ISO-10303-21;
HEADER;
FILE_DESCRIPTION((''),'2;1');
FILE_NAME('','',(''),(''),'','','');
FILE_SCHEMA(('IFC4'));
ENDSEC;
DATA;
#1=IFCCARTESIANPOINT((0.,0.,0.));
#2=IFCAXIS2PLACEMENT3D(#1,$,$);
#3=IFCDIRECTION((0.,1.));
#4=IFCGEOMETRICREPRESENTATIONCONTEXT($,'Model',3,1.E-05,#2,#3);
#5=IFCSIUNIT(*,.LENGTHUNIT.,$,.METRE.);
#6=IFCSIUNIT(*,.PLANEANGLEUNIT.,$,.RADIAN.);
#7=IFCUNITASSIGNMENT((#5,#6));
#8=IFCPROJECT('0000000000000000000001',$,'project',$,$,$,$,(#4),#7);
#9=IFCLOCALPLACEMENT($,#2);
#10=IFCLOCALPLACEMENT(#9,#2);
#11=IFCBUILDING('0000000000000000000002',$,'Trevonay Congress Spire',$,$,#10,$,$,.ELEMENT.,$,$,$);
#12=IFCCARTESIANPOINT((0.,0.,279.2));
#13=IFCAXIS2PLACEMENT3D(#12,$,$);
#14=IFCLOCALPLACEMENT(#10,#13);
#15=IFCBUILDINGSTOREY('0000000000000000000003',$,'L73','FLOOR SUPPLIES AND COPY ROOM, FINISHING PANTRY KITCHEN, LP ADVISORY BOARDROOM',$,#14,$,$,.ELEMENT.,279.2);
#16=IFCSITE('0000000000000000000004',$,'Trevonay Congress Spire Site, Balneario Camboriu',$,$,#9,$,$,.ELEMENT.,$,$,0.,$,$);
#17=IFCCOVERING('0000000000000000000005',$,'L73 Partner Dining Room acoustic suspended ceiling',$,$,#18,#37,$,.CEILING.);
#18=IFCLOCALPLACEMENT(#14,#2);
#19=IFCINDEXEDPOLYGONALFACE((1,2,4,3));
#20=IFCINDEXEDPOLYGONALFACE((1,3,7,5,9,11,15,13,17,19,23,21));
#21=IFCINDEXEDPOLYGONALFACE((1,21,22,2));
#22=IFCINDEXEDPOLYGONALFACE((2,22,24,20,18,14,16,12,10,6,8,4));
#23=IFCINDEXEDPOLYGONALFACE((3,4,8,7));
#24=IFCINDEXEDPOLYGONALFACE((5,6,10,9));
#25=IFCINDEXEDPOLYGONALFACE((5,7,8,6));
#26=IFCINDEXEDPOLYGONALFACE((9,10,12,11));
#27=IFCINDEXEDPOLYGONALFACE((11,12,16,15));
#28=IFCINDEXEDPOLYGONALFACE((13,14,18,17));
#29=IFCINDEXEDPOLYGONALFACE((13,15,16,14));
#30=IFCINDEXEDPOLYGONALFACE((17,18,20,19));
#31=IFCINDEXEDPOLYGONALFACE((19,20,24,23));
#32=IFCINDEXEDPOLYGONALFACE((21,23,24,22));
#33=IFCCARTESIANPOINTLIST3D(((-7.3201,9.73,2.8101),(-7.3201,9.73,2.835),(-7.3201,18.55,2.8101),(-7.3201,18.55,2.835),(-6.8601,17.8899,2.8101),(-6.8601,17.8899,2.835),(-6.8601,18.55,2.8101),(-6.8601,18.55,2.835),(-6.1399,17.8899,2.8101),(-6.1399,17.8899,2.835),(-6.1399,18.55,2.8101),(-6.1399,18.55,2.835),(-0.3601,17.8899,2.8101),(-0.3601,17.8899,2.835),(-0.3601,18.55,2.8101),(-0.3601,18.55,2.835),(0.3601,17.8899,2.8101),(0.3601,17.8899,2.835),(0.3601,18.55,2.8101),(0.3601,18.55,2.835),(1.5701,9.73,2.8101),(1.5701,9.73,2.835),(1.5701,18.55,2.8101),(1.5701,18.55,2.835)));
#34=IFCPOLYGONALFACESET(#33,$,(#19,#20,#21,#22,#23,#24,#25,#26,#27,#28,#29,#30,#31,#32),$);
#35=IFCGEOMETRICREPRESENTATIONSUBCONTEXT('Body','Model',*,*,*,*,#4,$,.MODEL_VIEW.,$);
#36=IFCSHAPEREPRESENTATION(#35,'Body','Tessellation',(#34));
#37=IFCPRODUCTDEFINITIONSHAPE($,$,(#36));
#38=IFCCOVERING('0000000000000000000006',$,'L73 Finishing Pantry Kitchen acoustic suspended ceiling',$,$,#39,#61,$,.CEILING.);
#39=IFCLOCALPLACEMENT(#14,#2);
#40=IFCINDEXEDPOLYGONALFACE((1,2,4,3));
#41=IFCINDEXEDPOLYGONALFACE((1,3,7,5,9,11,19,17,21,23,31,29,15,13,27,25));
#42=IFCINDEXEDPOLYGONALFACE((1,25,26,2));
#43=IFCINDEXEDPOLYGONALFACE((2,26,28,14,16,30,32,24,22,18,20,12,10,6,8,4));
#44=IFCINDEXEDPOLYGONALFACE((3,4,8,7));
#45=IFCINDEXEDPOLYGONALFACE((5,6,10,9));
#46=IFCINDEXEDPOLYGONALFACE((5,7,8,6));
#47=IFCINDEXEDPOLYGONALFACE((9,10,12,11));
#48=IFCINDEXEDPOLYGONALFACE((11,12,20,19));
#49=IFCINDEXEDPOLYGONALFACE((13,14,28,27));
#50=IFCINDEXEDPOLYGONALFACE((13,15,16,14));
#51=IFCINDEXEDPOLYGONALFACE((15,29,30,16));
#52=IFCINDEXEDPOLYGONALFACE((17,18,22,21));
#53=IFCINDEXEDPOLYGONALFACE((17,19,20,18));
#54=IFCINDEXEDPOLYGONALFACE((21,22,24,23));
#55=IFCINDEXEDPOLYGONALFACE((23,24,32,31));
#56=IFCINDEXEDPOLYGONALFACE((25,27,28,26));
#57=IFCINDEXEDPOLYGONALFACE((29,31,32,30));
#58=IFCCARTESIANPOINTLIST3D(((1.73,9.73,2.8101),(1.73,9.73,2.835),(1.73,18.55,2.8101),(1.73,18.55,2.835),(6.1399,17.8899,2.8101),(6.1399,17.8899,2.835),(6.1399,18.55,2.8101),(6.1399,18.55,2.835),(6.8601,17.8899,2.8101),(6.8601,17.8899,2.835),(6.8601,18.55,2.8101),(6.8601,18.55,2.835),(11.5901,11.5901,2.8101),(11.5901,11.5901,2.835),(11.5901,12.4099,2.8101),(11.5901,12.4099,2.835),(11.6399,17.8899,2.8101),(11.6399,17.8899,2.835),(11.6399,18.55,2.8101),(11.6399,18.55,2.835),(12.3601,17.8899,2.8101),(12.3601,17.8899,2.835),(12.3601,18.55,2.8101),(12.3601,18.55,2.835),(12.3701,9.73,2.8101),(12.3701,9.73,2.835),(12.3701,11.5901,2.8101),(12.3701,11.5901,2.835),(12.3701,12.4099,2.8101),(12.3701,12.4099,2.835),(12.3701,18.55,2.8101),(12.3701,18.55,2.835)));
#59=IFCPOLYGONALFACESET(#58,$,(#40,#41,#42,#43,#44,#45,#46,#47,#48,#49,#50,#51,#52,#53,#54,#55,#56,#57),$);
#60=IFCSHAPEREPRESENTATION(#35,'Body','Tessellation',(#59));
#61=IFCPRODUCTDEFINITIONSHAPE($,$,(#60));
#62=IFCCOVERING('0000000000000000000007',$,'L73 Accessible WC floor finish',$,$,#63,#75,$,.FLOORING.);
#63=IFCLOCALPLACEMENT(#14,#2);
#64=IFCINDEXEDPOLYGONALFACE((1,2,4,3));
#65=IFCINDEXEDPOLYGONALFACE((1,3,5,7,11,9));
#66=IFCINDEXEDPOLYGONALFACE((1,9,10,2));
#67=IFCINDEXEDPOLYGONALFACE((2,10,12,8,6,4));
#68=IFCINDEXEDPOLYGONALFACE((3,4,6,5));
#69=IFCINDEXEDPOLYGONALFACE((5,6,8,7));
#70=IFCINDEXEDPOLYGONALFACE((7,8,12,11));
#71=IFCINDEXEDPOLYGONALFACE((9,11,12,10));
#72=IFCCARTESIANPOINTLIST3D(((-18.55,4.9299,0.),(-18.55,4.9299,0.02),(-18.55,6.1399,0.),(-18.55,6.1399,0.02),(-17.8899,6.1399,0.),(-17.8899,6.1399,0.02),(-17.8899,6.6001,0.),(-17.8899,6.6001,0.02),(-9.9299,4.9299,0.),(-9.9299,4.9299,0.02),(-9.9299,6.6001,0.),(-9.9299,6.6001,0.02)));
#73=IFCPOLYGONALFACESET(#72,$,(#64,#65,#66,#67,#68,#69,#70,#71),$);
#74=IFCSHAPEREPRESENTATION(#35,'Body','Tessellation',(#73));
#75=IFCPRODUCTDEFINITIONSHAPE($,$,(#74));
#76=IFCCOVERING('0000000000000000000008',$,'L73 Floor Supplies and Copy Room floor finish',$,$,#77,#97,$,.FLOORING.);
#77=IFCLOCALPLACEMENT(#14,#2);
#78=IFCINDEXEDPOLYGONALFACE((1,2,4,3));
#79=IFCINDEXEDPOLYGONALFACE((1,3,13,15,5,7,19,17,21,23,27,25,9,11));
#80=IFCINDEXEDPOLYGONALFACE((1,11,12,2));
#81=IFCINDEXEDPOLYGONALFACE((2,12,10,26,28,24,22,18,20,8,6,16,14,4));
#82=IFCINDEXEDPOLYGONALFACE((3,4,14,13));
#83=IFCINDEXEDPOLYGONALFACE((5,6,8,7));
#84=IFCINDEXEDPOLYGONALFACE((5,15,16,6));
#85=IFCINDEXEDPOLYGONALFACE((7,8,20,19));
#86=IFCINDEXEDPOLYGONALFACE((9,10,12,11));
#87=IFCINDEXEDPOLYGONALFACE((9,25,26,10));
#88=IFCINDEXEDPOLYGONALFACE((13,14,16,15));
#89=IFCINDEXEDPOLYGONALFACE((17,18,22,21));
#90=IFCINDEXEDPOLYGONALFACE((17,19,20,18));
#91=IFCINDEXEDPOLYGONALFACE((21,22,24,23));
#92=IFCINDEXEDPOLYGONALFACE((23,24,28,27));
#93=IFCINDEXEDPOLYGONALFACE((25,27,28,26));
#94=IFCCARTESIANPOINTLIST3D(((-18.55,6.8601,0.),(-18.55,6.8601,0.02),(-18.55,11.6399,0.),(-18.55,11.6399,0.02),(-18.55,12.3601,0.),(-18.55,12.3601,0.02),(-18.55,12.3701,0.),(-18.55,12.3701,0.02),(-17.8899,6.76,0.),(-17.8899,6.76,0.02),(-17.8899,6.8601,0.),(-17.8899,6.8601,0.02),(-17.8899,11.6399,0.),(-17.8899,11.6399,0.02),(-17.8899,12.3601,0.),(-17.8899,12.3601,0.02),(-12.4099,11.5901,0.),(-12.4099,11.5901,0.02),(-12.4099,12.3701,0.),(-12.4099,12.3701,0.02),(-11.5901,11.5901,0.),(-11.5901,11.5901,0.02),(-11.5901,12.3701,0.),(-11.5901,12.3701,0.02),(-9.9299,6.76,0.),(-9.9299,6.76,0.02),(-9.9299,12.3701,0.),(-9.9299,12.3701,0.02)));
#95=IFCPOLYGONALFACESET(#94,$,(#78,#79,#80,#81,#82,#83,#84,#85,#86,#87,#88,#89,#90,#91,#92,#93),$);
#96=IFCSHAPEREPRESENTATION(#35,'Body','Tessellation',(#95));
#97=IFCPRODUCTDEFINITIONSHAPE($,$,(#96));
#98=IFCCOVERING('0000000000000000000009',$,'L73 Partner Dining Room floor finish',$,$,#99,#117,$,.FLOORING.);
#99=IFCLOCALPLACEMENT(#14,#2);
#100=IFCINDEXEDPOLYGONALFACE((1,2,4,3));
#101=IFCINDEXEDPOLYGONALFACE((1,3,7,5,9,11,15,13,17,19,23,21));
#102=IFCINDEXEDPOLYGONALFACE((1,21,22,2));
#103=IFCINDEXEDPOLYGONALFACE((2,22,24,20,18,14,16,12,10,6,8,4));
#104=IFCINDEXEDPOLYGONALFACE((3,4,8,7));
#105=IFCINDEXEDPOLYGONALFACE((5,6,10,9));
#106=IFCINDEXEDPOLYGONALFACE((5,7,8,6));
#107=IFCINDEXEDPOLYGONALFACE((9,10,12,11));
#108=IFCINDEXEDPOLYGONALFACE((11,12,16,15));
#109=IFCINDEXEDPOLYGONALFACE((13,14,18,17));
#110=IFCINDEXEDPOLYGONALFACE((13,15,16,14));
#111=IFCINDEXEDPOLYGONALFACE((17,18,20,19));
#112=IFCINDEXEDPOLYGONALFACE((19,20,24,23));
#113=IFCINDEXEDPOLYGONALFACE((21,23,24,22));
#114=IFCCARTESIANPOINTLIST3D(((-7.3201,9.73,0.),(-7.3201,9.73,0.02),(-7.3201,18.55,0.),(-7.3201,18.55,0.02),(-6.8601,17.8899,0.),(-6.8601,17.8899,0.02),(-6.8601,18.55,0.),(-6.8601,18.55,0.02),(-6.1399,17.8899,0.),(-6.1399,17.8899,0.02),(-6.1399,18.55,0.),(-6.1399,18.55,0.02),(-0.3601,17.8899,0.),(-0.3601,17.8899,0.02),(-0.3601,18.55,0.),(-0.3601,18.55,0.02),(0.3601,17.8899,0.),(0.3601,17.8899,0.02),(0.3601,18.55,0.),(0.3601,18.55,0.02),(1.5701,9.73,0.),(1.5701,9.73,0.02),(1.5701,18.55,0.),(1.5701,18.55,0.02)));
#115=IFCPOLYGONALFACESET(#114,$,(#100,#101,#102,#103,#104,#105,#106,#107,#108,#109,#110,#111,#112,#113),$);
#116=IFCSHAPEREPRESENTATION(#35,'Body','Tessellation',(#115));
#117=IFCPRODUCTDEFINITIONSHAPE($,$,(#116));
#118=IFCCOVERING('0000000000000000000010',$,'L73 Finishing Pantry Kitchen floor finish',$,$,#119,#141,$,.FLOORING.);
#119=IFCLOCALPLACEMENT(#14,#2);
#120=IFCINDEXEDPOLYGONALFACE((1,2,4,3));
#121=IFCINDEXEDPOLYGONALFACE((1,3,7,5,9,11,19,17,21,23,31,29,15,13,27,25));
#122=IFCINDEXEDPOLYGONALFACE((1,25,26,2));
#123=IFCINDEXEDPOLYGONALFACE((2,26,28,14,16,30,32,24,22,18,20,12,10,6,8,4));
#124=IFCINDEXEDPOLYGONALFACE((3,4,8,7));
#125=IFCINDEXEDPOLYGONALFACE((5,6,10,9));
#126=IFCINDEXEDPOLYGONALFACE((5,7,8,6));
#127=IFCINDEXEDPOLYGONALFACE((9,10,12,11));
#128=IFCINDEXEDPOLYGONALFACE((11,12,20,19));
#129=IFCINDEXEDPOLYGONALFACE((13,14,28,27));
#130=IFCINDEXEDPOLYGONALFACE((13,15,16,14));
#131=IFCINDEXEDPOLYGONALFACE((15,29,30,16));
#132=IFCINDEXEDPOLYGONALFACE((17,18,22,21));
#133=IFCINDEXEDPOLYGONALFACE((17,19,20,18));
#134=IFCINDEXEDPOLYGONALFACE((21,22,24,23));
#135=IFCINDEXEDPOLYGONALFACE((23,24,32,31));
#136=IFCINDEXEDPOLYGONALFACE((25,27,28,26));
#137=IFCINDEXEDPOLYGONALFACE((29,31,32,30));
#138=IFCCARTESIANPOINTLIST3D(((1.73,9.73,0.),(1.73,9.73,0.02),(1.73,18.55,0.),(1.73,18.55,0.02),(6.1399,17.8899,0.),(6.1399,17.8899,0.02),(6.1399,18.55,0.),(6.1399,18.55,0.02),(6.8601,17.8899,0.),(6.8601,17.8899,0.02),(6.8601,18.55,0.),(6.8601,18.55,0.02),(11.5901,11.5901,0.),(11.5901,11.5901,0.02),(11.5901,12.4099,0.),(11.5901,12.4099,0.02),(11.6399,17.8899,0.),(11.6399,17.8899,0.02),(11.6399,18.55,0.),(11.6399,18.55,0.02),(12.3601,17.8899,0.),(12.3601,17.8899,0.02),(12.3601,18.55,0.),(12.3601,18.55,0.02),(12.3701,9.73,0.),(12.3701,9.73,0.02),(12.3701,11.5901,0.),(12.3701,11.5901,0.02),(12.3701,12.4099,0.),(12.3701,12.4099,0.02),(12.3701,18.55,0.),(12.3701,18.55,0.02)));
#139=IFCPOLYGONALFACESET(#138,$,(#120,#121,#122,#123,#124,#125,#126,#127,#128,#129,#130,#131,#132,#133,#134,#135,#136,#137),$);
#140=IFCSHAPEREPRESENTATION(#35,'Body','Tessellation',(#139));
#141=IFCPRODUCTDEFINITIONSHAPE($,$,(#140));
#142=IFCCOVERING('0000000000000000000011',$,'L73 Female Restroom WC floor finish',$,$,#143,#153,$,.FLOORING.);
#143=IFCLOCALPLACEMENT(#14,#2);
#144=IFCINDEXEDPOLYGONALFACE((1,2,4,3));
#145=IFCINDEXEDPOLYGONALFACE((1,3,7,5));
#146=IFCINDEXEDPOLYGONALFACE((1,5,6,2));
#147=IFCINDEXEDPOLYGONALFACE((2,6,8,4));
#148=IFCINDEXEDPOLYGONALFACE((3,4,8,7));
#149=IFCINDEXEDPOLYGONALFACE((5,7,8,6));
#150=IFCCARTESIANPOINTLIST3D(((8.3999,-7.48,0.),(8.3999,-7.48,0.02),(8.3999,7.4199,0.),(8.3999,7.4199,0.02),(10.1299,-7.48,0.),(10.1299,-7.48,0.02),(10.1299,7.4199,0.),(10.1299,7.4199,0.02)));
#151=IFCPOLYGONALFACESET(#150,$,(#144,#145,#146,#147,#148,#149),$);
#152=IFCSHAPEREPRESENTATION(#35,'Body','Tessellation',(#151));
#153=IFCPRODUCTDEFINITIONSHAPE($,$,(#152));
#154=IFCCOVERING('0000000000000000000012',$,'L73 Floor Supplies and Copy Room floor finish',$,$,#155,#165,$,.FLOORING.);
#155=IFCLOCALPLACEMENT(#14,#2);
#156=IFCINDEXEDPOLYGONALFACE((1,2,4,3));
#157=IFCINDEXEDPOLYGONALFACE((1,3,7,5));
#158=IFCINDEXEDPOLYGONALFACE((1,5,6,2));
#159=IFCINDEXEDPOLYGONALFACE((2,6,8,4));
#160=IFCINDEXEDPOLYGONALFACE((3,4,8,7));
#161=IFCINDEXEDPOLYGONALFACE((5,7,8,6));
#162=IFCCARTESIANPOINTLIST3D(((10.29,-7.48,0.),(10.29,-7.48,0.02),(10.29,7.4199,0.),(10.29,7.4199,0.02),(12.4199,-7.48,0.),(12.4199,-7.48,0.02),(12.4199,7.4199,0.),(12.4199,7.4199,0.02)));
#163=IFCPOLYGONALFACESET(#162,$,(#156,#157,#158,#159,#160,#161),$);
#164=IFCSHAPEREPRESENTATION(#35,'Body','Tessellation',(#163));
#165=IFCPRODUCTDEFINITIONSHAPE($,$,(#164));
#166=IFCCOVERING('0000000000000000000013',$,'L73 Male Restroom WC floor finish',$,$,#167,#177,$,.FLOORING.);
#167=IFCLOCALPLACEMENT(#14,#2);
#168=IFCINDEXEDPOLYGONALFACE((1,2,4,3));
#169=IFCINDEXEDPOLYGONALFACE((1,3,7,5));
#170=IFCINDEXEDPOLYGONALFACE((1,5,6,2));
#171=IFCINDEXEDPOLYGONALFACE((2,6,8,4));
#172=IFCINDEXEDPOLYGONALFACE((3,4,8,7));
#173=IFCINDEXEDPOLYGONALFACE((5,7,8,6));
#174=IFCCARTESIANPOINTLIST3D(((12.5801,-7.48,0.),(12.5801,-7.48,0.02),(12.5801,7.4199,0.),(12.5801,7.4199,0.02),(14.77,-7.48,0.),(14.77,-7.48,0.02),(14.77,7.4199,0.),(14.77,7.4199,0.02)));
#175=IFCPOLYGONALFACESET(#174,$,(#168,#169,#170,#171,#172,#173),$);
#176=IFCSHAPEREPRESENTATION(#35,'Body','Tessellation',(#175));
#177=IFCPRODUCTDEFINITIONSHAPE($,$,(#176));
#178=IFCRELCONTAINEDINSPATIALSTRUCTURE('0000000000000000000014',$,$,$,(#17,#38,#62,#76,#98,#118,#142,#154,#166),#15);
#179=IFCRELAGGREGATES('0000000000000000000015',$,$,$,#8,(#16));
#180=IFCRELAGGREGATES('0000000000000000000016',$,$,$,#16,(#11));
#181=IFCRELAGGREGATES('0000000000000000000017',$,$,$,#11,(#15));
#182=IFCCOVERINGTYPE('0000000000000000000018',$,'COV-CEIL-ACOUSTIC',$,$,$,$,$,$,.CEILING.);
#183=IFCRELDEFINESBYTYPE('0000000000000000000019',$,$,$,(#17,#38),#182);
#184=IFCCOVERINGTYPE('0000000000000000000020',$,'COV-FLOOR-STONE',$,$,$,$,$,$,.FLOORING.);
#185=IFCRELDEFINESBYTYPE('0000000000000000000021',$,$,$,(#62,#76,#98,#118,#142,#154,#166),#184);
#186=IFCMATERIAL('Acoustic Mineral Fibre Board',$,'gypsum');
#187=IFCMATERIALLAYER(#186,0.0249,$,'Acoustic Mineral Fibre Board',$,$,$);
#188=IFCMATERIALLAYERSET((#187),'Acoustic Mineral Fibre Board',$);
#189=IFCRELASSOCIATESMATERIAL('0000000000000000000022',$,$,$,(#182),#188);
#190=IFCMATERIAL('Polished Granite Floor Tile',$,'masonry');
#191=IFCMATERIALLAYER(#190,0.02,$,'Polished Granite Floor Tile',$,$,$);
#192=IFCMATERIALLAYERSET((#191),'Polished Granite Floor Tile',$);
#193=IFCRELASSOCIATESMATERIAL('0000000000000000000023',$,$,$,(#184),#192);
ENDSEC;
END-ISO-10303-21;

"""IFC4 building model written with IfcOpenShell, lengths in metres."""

from ifc_helpers import new_model, si_unit, direction, frame, origin, place, context, subcontext, project, spatial, polyline, outline, extrude, material, layer, layer_set, type_object, element, save


model = new_model("IFC4")

# Units and contexts
model_context = context("Model", 3, precision=1e-05, world=origin(), true_north=direction((0.0, 1.0)))
body_context = subcontext(model_context, "Body", "Model", "MODEL_VIEW")
ifc_project = project(units=[si_unit("LENGTHUNIT", "METRE"), si_unit("PLANEANGLEUNIT", "RADIAN")], contexts=[model_context])

# Site, building, storey
site_placement = place(None, origin())
site = spatial("IfcSite", under=ifc_project, at=site_placement, Name="Trevonay Congress Spire Site, Balneario Camboriu", CompositionType="ELEMENT", RefElevation=0.0)
building_placement = place(site_placement, origin())
building = spatial("IfcBuilding", under=site, at=building_placement, Name="Trevonay Congress Spire", CompositionType="ELEMENT")
storey_placement = place(building_placement, frame((0.0, 0.0, 279.2)))
storey = spatial("IfcBuildingStorey", under=building, at=storey_placement, Name="L73", Description="FLOOR SUPPLIES AND COPY ROOM, FINISHING PANTRY KITCHEN, LP ADVISORY BOARDROOM", CompositionType="ELEMENT", Elevation=279.2)

# Coverings
ifc_material_1 = material(Name="Acoustic Mineral Fibre Board", Category="gypsum")
ifc_layer_1 = layer(ifc_material_1, 0.0249, Name="Acoustic Mineral Fibre Board")
ifc_layer_set_1 = layer_set([ifc_layer_1], Name="Acoustic Mineral Fibre Board")
covering_type_1 = type_object("IfcCoveringType", Name="COV-CEIL-ACOUSTIC", PredefinedType="CEILING", material=ifc_layer_set_1)
covering_1_placement = place(storey_placement, frame((0.0, 0.0, 2.8101)))
element("IfcCovering", 1, at=covering_1_placement, inside=storey, type_object=covering_type_1, Name="L73 Partner Dining Room acoustic suspended ceiling", PredefinedType="CEILING", context=body_context, shape_type="SweptSolid", body=[
    extrude(outline(polyline([(1.5701, 18.55), (1.5701, 9.73), (-7.3201, 9.73), (-7.3201, 18.55), (-6.8601, 18.55), (-6.8601, 17.8899), (-6.1399, 17.8899), (-6.1399, 18.55), (-0.3601, 18.55), (-0.3601, 17.8899), (0.3601, 17.8899), (0.3601, 18.55), (1.5701, 18.55)])), origin(), (0.0, 0.0, 1.0), 0.0249),
])
covering_2_placement = place(storey_placement, frame((0.0, 0.0, 2.8101)))
element("IfcCovering", 2, at=covering_2_placement, inside=storey, type_object=covering_type_1, Name="L73 Finishing Pantry Kitchen acoustic suspended ceiling", PredefinedType="CEILING", context=body_context, shape_type="SweptSolid", body=[
    extrude(outline(polyline([(12.3701, 9.73), (1.73, 9.73), (1.73, 18.55), (6.1399, 18.55), (6.1399, 17.8899), (6.8601, 17.8899), (6.8601, 18.55), (11.6399, 18.55), (11.6399, 17.8899), (12.3601, 17.8899), (12.3601, 18.55), (12.3701, 18.55), (12.3701, 12.4099), (11.5901, 12.4099), (11.5901, 11.5901), (12.3701, 11.5901), (12.3701, 9.73)])), origin(), (0.0, 0.0, 1.0), 0.0249),
])
ifc_material_2 = material(Name="Polished Granite Floor Tile", Category="masonry")
ifc_layer_2 = layer(ifc_material_2, 0.02, Name="Polished Granite Floor Tile")
ifc_layer_set_2 = layer_set([ifc_layer_2], Name="Polished Granite Floor Tile")
covering_type_2 = type_object("IfcCoveringType", Name="COV-FLOOR-STONE", PredefinedType="FLOORING", material=ifc_layer_set_2)
covering_3_placement = place(storey_placement, origin())
element("IfcCovering", 3, at=covering_3_placement, inside=storey, type_object=covering_type_2, Name="L73 Accessible WC floor finish", PredefinedType="FLOORING", context=body_context, shape_type="SweptSolid", body=[
    extrude(outline(polyline([(-9.9299, 6.6001), (-9.9299, 4.9299), (-18.55, 4.9299), (-18.55, 6.1399), (-17.8899, 6.1399), (-17.8899, 6.6001), (-9.9299, 6.6001)])), origin(), (0.0, 0.0, 1.0), 0.02),
])
covering_4_placement = place(storey_placement, origin())
element("IfcCovering", 4, at=covering_4_placement, inside=storey, type_object=covering_type_2, Name="L73 Floor Supplies and Copy Room floor finish", PredefinedType="FLOORING", context=body_context, shape_type="SweptSolid", body=[
    extrude(outline(polyline([(-9.9299, 12.3701), (-9.9299, 6.76), (-17.8899, 6.76), (-17.8899, 6.8601), (-18.55, 6.8601), (-18.55, 11.6399), (-17.8899, 11.6399), (-17.8899, 12.3601), (-18.55, 12.3601), (-18.55, 12.3701), (-12.4099, 12.3701), (-12.4099, 11.5901), (-11.5901, 11.5901), (-11.5901, 12.3701), (-9.9299, 12.3701)])), origin(), (0.0, 0.0, 1.0), 0.02),
])
covering_5_placement = place(storey_placement, origin())
element("IfcCovering", 5, at=covering_5_placement, inside=storey, type_object=covering_type_2, Name="L73 Partner Dining Room floor finish", PredefinedType="FLOORING", context=body_context, shape_type="SweptSolid", body=[
    extrude(outline(polyline([(1.5701, 18.55), (1.5701, 9.73), (-7.3201, 9.73), (-7.3201, 18.55), (-6.8601, 18.55), (-6.8601, 17.8899), (-6.1399, 17.8899), (-6.1399, 18.55), (-0.3601, 18.55), (-0.3601, 17.8899), (0.3601, 17.8899), (0.3601, 18.55), (1.5701, 18.55)])), origin(), (0.0, 0.0, 1.0), 0.02),
])
covering_6_placement = place(storey_placement, origin())
element("IfcCovering", 6, at=covering_6_placement, inside=storey, type_object=covering_type_2, Name="L73 Finishing Pantry Kitchen floor finish", PredefinedType="FLOORING", context=body_context, shape_type="SweptSolid", body=[
    extrude(outline(polyline([(12.3701, 9.73), (1.73, 9.73), (1.73, 18.55), (6.1399, 18.55), (6.1399, 17.8899), (6.8601, 17.8899), (6.8601, 18.55), (11.6399, 18.55), (11.6399, 17.8899), (12.3601, 17.8899), (12.3601, 18.55), (12.3701, 18.55), (12.3701, 12.4099), (11.5901, 12.4099), (11.5901, 11.5901), (12.3701, 11.5901), (12.3701, 9.73)])), origin(), (0.0, 0.0, 1.0), 0.02),
])
covering_7_placement = place(storey_placement, origin())
element("IfcCovering", 7, at=covering_7_placement, inside=storey, type_object=covering_type_2, Name="L73 Female Restroom WC floor finish", PredefinedType="FLOORING", context=body_context, shape_type="SweptSolid", body=[
    extrude(outline(polyline([(8.3999, -7.48), (10.1299, -7.48), (10.1299, 7.4199), (8.3999, 7.4199), (8.3999, -7.48)])), origin(), (0.0, 0.0, 1.0), 0.02),
])
covering_8_placement = place(storey_placement, origin())
element("IfcCovering", 8, at=covering_8_placement, inside=storey, type_object=covering_type_2, Name="L73 Floor Supplies and Copy Room floor finish", PredefinedType="FLOORING", context=body_context, shape_type="SweptSolid", body=[
    extrude(outline(polyline([(10.29, -7.48), (12.4199, -7.48), (12.4199, 7.4199), (10.29, 7.4199), (10.29, -7.48)])), origin(), (0.0, 0.0, 1.0), 0.02),
])
covering_9_placement = place(storey_placement, origin())
element("IfcCovering", 9, at=covering_9_placement, inside=storey, type_object=covering_type_2, Name="L73 Male Restroom WC floor finish", PredefinedType="FLOORING", context=body_context, shape_type="SweptSolid", body=[
    extrude(outline(polyline([(12.5801, -7.48), (14.77, -7.48), (14.77, 7.4199), (12.5801, 7.4199), (12.5801, -7.48)])), origin(), (0.0, 0.0, 1.0), 0.02),
])

save(model, "model.ifc")
